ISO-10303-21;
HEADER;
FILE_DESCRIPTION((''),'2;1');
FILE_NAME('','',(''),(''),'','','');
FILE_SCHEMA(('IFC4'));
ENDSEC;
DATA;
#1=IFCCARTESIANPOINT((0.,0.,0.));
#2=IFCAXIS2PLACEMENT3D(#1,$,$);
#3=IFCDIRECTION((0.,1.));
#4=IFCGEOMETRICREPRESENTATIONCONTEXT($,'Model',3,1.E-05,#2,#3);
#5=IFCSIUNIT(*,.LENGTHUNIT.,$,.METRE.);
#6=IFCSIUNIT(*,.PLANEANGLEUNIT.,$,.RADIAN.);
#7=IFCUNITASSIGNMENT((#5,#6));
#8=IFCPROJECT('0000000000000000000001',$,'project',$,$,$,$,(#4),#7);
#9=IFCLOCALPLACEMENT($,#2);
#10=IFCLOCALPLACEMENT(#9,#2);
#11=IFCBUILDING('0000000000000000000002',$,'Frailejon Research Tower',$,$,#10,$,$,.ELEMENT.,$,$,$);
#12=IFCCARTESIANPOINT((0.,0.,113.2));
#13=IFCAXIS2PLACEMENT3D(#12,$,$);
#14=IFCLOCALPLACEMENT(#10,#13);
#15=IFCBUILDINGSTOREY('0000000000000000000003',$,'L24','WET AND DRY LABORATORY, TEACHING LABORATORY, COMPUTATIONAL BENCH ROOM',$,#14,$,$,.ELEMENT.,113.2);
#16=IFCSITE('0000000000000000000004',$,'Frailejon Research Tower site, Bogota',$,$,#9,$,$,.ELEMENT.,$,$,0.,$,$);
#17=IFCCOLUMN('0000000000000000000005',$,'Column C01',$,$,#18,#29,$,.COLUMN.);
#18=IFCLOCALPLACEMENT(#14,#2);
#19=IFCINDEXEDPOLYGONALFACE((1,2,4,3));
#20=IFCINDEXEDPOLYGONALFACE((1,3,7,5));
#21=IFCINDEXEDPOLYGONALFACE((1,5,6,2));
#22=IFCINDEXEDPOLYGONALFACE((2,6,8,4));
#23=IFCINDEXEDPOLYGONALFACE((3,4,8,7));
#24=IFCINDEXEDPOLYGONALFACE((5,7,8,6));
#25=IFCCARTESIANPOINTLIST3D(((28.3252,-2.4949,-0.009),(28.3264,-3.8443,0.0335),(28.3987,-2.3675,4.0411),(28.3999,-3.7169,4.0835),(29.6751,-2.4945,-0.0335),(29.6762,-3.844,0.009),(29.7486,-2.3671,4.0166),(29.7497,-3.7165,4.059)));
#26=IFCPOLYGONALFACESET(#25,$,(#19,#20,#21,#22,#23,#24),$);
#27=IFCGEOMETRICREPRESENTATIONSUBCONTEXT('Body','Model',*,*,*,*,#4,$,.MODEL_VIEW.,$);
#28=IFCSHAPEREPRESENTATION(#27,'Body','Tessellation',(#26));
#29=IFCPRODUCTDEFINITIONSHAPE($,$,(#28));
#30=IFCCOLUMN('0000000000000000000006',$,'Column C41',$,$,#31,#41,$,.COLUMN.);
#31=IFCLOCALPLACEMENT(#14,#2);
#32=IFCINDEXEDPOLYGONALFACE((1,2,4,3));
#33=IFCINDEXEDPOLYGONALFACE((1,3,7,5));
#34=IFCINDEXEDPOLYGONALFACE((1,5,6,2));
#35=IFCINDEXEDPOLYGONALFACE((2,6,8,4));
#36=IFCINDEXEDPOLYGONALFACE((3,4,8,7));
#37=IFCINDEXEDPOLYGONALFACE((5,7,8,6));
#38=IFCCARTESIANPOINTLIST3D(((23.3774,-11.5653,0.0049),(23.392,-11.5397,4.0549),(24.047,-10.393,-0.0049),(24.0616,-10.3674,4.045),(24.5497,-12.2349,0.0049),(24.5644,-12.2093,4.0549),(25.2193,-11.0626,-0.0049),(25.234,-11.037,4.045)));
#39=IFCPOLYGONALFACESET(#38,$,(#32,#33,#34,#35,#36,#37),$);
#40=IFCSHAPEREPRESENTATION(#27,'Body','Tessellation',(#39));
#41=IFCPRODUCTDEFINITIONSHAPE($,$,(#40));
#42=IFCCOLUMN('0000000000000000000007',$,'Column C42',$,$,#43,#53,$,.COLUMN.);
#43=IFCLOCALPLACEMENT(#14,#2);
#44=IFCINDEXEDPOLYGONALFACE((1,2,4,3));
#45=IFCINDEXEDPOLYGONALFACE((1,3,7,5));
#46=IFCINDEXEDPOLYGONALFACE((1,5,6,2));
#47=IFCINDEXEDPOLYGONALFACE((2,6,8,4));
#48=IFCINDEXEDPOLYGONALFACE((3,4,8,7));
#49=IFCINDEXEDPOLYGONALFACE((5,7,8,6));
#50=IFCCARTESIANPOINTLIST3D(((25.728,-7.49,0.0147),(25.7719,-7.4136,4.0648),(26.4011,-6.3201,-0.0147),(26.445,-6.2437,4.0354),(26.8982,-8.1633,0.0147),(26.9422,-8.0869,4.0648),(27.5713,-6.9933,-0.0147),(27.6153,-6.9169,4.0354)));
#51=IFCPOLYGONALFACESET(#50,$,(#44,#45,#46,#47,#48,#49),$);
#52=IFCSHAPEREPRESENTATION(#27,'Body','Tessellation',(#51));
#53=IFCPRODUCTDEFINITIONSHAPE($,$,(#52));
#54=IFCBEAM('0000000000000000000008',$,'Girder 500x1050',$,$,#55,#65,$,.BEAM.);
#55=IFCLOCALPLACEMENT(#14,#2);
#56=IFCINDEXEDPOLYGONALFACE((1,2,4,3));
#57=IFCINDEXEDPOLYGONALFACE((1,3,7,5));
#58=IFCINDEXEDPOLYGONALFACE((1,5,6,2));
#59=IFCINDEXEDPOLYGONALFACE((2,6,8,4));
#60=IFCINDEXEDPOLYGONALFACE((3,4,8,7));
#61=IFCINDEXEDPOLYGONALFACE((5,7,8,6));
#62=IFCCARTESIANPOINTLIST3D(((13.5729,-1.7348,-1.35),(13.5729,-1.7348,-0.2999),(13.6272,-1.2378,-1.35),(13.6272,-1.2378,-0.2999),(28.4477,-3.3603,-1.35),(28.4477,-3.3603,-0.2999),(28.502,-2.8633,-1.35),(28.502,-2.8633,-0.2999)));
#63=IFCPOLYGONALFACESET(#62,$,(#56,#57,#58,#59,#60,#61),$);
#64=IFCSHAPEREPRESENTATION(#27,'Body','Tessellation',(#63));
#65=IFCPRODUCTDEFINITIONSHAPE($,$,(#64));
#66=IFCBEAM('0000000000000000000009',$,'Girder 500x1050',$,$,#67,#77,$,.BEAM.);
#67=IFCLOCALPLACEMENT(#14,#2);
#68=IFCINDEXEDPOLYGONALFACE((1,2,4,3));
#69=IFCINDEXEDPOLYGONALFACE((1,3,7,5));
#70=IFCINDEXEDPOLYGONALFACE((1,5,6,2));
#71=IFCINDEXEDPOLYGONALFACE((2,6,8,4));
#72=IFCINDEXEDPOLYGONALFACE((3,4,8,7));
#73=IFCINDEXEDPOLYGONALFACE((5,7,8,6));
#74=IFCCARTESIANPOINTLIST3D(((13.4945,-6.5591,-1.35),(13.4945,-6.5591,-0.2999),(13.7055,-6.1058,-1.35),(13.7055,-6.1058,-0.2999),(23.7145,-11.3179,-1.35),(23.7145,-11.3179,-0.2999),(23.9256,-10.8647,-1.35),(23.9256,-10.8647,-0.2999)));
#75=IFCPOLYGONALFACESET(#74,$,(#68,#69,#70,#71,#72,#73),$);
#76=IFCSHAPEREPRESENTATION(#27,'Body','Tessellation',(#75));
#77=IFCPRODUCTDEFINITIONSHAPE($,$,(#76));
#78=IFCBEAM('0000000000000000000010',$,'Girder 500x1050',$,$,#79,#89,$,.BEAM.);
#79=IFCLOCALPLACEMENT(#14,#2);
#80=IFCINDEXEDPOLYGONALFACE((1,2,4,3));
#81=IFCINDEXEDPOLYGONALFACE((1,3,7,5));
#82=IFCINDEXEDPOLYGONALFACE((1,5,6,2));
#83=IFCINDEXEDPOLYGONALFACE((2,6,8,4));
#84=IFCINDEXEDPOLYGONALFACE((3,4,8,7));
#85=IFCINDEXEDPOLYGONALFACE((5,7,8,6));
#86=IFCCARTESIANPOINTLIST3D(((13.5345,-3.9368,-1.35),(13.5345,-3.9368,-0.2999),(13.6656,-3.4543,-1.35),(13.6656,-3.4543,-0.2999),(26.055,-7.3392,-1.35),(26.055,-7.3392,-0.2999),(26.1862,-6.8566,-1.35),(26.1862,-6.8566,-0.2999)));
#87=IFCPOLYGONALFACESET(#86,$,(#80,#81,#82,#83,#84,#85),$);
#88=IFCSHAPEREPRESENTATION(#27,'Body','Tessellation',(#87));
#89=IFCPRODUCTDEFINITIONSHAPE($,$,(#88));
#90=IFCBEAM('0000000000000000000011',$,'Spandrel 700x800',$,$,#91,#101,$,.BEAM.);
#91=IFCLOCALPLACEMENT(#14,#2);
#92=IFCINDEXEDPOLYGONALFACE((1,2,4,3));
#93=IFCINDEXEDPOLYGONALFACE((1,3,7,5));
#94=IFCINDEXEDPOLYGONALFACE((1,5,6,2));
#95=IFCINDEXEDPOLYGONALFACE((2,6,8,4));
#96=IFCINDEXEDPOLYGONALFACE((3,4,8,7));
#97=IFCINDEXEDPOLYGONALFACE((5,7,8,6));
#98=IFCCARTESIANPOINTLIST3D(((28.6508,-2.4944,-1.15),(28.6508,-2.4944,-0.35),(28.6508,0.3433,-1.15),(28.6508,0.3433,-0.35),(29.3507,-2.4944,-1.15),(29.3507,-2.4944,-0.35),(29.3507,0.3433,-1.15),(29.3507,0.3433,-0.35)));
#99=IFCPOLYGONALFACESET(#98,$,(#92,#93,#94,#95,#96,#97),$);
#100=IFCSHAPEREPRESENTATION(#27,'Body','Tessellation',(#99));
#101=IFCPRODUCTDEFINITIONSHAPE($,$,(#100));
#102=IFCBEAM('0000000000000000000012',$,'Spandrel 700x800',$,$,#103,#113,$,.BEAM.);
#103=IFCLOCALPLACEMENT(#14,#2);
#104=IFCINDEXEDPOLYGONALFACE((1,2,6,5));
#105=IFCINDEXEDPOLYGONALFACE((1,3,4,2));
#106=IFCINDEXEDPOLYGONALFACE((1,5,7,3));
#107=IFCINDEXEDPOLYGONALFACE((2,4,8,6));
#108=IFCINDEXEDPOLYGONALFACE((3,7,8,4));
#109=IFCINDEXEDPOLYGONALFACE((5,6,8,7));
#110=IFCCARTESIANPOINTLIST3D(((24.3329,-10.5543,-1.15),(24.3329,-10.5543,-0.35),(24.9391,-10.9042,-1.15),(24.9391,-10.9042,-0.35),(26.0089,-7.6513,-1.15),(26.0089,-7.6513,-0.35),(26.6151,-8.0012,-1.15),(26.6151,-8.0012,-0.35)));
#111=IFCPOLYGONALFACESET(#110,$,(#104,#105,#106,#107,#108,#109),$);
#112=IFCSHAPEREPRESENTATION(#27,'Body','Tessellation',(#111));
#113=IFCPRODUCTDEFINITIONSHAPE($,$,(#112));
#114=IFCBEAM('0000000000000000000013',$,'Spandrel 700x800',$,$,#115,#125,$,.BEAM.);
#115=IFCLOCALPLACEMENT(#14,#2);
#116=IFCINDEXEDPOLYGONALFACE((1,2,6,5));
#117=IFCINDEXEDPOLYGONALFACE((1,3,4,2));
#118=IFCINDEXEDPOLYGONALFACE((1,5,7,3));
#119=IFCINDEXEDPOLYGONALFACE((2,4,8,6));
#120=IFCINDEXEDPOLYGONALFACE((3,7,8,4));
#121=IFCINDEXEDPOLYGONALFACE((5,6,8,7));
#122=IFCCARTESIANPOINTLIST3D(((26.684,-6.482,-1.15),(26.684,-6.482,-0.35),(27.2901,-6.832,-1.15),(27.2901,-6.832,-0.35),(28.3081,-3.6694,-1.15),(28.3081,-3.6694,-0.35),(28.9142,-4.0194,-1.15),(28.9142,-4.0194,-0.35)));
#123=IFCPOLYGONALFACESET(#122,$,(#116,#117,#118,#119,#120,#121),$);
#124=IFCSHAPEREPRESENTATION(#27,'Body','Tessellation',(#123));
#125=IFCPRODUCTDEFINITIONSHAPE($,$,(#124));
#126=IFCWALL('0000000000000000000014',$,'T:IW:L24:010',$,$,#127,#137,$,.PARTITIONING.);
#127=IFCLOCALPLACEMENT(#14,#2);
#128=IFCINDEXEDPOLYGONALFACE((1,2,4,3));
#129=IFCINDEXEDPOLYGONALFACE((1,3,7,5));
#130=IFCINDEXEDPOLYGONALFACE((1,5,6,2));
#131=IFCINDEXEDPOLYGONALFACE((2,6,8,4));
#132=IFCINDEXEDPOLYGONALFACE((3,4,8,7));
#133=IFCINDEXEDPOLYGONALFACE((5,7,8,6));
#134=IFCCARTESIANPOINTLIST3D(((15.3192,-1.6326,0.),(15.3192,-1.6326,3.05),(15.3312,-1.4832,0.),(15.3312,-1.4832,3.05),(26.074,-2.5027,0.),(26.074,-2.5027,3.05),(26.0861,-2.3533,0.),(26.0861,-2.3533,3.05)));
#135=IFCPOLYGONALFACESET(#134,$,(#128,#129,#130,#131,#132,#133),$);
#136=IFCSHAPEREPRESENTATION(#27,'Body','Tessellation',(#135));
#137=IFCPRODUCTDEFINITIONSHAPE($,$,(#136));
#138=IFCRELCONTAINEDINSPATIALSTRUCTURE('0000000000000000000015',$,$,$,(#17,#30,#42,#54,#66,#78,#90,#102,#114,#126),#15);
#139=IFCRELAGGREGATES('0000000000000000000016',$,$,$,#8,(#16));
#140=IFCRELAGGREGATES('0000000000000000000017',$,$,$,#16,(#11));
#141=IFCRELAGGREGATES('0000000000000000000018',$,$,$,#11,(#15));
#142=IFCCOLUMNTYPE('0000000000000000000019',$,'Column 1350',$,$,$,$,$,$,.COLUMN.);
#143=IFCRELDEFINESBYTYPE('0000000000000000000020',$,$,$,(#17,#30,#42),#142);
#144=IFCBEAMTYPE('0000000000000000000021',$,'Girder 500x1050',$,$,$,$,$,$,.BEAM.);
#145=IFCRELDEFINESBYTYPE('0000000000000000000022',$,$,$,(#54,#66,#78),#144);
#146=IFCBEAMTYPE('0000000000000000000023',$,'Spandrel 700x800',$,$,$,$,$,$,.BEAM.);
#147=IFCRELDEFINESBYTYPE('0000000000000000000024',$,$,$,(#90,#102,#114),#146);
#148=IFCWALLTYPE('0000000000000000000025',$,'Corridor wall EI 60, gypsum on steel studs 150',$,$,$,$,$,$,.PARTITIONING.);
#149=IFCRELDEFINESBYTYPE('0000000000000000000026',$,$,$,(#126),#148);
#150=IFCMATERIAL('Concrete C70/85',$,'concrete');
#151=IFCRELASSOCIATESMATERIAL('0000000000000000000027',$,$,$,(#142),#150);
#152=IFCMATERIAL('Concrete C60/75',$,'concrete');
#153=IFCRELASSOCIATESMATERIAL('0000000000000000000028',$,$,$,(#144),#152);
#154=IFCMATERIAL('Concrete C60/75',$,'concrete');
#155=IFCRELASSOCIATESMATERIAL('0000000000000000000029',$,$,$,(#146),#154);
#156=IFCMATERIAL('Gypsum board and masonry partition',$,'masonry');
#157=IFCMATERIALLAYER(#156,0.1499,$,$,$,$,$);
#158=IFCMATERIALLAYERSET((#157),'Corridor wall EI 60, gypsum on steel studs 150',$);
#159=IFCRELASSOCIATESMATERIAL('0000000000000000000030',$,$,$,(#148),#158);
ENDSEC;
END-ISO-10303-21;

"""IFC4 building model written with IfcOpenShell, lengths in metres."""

from ifc_helpers import new_model, si_unit, direction, frame, frame_2d, origin, origin_2d, place, context, subcontext, project, spatial, rectangle, extrude, material, layer, layer_set, material_profile, profile_set, type_object, element, save


model = new_model("IFC4")

# Units and contexts
model_context = context("Model", 3, precision=1e-05, world=origin(), true_north=direction((0.0, 1.0)))
body_context = subcontext(model_context, "Body", "Model", "MODEL_VIEW")
ifc_project = project(units=[si_unit("LENGTHUNIT", "METRE"), si_unit("PLANEANGLEUNIT", "RADIAN")], contexts=[model_context])

# Site, building, storey
site_placement = place(None, origin())
site = spatial("IfcSite", under=ifc_project, at=site_placement, Name="Frailejon Research Tower site, Bogota", CompositionType="ELEMENT", RefElevation=0.0)
building_placement = place(site_placement, origin())
building = spatial("IfcBuilding", under=site, at=building_placement, Name="Frailejon Research Tower", CompositionType="ELEMENT")
storey_placement = place(building_placement, frame((0.0, 0.0, 113.2)))
storey = spatial("IfcBuildingStorey", under=building, at=storey_placement, Name="L24", Description="WET AND DRY LABORATORY, TEACHING LABORATORY, COMPUTATIONAL BENCH ROOM", CompositionType="ELEMENT", Elevation=113.2)

# Columns
ifc_material_1 = material(Name="Concrete C70/85", Category="concrete")
ifc_material_profile_1 = material_profile(ifc_material_1, rectangle(XDim=1.3501, YDim=1.3501, at=origin_2d()), Name="Column 1350")
ifc_profile_set_1 = profile_set([ifc_material_profile_1], Name="Concrete C70/85")
column_type = type_object("IfcColumnType", Name="Column 1350", PredefinedType="COLUMN", material=ifc_profile_set_1)
column_1_placement = place(storey_placement, frame((29.0007, -3.1694, 0.0), z_axis=(0.018133, 0.031446, 0.999341), x_axis=(-0.000853, 0.999505, -0.031436)))
element("IfcColumn", 1, at=column_1_placement, inside=storey, type_object=column_type, Name="Column C01", PredefinedType="COLUMN", context=body_context, shape_type="SweptSolid", body=[
    extrude(rectangle(XDim=1.3501, YDim=1.3501, at=origin_2d()), origin(), (0.0, 0.0, 1.0), 4.0527),
])
column_2_placement = place(storey_placement, frame((24.2983, -11.314, 0.0), z_axis=(0.003617, 0.006329, 0.999973), x_axis=(0.495951, 0.86832, -0.00729)))
element("IfcColumn", 2, at=column_2_placement, inside=storey, type_object=column_type, Name="Column C41", PredefinedType="COLUMN", context=body_context, shape_type="SweptSolid", body=[
    extrude(rectangle(XDim=1.3501, YDim=1.3501, at=origin_2d()), origin(), (0.0, 0.0, 1.0), 4.05),
])
column_3_placement = place(storey_placement, frame((26.6497, -7.2417, 0.0), z_axis=(0.010848, 0.018863, 0.999763), x_axis=(0.498562, 0.866581, -0.02176)))
element("IfcColumn", 3, at=column_3_placement, inside=storey, type_object=column_type, Name="Column C42", PredefinedType="COLUMN", context=body_context, shape_type="SweptSolid", body=[
    extrude(rectangle(XDim=1.3501, YDim=1.3501, at=origin_2d()), origin(), (0.0, 0.0, 1.0), 4.051),
])

# Beams
ifc_material_2 = material(Name="Concrete C60/75", Category="concrete")
ifc_material_profile_2 = material_profile(ifc_material_2, rectangle(XDim=0.5, YDim=1.05, at=origin_2d()), Name="Girder 500x1050")
ifc_profile_set_2 = profile_set([ifc_material_profile_2], Name="Concrete C60/75")
beam_type_1 = type_object("IfcBeamType", Name="Girder 500x1050", PredefinedType="BEAM", material=ifc_profile_set_2)
beam_1_placement = place(storey_placement, frame((28.4749, -3.1118, -0.825), z_axis=(-0.994082, 0.108632, 0.0), x_axis=(-0.108632, -0.994082, 0.0)))
element("IfcBeam", 4, at=beam_1_placement, inside=storey, type_object=beam_type_1, Name="Girder 500x1050", PredefinedType="BEAM", context=body_context, shape_type="SweptSolid", body=[
    extrude(rectangle(XDim=0.5, YDim=1.05, at=origin_2d()), origin(), (0.0, 0.0, 1.0), 14.9634),
])
beam_2_placement = place(storey_placement, frame((23.8201, -11.0913, -0.825), z_axis=(-0.906541, 0.422118, 0.0), x_axis=(-0.422118, -0.906541, 0.0)))
element("IfcBeam", 5, at=beam_2_placement, inside=storey, type_object=beam_type_1, Name="Girder 500x1050", PredefinedType="BEAM", context=body_context, shape_type="SweptSolid", body=[
    extrude(rectangle(XDim=0.5, YDim=1.05, at=origin_2d()), origin(), (0.0, 0.0, 1.0), 11.2737),
])
beam_3_placement = place(storey_placement, frame((26.1206, -7.0979, -0.825), z_axis=(-0.965005, 0.262232, 0.0), x_axis=(-0.262232, -0.965005, 0.0)))
element("IfcBeam", 6, at=beam_3_placement, inside=storey, type_object=beam_type_1, Name="Girder 500x1050", PredefinedType="BEAM", context=body_context, shape_type="SweptSolid", body=[
    extrude(rectangle(XDim=0.5, YDim=1.05, at=origin_2d()), origin(), (0.0, 0.0, 1.0), 12.9746),
])
ifc_material_3 = material(Name="Concrete C60/75", Category="concrete")
ifc_material_profile_3 = material_profile(ifc_material_3, rectangle(XDim=0.7, YDim=0.8, at=origin_2d()), Name="Spandrel 700x800")
ifc_profile_set_3 = profile_set([ifc_material_profile_3], Name="Concrete C60/75")
beam_type_2 = type_object("IfcBeamType", Name="Spandrel 700x800", PredefinedType="BEAM", material=ifc_profile_set_3)
beam_4_placement = place(storey_placement, frame((29.0007, -2.4944, -0.75), z_axis=(0.0, 1.0, 0.0), x_axis=(-1.0, 0.0, 0.0)))
element("IfcBeam", 7, at=beam_4_placement, inside=storey, type_object=beam_type_2, Name="Spandrel 700x800", PredefinedType="BEAM", context=body_context, shape_type="SweptSolid", body=[
    extrude(rectangle(XDim=0.7, YDim=0.8, at=origin_2d()), origin(), (0.0, 0.0, 1.0), 2.8376),
])
beam_5_placement = place(storey_placement, frame((24.636, -10.7292, -0.75), z_axis=(0.499985, 0.866034, 0.0), x_axis=(-0.866034, 0.499985, 0.0)))
element("IfcBeam", 8, at=beam_5_placement, inside=storey, type_object=beam_type_2, Name="Spandrel 700x800", PredefinedType="BEAM", context=body_context, shape_type="SweptSolid", body=[
    extrude(rectangle(XDim=0.7, YDim=0.8, at=origin_2d()), origin(), (0.0, 0.0, 1.0), 3.3521),
])
beam_6_placement = place(storey_placement, frame((26.9871, -6.657, -0.75), z_axis=(0.500052, 0.865995, 0.0), x_axis=(-0.865995, 0.500052, 0.0)))
element("IfcBeam", 9, at=beam_6_placement, inside=storey, type_object=beam_type_2, Name="Spandrel 700x800", PredefinedType="BEAM", context=body_context, shape_type="SweptSolid", body=[
    extrude(rectangle(XDim=0.7, YDim=0.8, at=origin_2d()), origin(), (0.0, 0.0, 1.0), 3.2478),
])

# Wall
ifc_material_4 = material(Name="Gypsum board and masonry partition", Category="masonry")
ifc_layer_1 = layer(ifc_material_4, 0.1499)
ifc_layer_set_1 = layer_set([ifc_layer_1], Name="Corridor wall EI 60, gypsum on steel studs 150")
wall_type_1 = type_object("IfcWallType", Name="Corridor wall EI 60, gypsum on steel studs 150", PredefinedType="PARTITIONING", material=ifc_layer_set_1)
wall_1_placement = place(storey_placement, frame((15.3252, -1.5579, 0.0), z_axis=(0.0, 0.0, 1.0), x_axis=(0.996743, -0.080641, 0.0)))
element("IfcWall", 10, at=wall_1_placement, inside=storey, type_object=wall_type_1, Name="T:IW:L24:010", PredefinedType="PARTITIONING", context=body_context, shape_type="SweptSolid", body=[
    extrude(rectangle(XDim=10.79, YDim=0.1499, at=frame_2d((5.395, 0.0))), origin(), (0.0, 0.0, 1.0), 3.05),
])

save(model, "model.ifc")
